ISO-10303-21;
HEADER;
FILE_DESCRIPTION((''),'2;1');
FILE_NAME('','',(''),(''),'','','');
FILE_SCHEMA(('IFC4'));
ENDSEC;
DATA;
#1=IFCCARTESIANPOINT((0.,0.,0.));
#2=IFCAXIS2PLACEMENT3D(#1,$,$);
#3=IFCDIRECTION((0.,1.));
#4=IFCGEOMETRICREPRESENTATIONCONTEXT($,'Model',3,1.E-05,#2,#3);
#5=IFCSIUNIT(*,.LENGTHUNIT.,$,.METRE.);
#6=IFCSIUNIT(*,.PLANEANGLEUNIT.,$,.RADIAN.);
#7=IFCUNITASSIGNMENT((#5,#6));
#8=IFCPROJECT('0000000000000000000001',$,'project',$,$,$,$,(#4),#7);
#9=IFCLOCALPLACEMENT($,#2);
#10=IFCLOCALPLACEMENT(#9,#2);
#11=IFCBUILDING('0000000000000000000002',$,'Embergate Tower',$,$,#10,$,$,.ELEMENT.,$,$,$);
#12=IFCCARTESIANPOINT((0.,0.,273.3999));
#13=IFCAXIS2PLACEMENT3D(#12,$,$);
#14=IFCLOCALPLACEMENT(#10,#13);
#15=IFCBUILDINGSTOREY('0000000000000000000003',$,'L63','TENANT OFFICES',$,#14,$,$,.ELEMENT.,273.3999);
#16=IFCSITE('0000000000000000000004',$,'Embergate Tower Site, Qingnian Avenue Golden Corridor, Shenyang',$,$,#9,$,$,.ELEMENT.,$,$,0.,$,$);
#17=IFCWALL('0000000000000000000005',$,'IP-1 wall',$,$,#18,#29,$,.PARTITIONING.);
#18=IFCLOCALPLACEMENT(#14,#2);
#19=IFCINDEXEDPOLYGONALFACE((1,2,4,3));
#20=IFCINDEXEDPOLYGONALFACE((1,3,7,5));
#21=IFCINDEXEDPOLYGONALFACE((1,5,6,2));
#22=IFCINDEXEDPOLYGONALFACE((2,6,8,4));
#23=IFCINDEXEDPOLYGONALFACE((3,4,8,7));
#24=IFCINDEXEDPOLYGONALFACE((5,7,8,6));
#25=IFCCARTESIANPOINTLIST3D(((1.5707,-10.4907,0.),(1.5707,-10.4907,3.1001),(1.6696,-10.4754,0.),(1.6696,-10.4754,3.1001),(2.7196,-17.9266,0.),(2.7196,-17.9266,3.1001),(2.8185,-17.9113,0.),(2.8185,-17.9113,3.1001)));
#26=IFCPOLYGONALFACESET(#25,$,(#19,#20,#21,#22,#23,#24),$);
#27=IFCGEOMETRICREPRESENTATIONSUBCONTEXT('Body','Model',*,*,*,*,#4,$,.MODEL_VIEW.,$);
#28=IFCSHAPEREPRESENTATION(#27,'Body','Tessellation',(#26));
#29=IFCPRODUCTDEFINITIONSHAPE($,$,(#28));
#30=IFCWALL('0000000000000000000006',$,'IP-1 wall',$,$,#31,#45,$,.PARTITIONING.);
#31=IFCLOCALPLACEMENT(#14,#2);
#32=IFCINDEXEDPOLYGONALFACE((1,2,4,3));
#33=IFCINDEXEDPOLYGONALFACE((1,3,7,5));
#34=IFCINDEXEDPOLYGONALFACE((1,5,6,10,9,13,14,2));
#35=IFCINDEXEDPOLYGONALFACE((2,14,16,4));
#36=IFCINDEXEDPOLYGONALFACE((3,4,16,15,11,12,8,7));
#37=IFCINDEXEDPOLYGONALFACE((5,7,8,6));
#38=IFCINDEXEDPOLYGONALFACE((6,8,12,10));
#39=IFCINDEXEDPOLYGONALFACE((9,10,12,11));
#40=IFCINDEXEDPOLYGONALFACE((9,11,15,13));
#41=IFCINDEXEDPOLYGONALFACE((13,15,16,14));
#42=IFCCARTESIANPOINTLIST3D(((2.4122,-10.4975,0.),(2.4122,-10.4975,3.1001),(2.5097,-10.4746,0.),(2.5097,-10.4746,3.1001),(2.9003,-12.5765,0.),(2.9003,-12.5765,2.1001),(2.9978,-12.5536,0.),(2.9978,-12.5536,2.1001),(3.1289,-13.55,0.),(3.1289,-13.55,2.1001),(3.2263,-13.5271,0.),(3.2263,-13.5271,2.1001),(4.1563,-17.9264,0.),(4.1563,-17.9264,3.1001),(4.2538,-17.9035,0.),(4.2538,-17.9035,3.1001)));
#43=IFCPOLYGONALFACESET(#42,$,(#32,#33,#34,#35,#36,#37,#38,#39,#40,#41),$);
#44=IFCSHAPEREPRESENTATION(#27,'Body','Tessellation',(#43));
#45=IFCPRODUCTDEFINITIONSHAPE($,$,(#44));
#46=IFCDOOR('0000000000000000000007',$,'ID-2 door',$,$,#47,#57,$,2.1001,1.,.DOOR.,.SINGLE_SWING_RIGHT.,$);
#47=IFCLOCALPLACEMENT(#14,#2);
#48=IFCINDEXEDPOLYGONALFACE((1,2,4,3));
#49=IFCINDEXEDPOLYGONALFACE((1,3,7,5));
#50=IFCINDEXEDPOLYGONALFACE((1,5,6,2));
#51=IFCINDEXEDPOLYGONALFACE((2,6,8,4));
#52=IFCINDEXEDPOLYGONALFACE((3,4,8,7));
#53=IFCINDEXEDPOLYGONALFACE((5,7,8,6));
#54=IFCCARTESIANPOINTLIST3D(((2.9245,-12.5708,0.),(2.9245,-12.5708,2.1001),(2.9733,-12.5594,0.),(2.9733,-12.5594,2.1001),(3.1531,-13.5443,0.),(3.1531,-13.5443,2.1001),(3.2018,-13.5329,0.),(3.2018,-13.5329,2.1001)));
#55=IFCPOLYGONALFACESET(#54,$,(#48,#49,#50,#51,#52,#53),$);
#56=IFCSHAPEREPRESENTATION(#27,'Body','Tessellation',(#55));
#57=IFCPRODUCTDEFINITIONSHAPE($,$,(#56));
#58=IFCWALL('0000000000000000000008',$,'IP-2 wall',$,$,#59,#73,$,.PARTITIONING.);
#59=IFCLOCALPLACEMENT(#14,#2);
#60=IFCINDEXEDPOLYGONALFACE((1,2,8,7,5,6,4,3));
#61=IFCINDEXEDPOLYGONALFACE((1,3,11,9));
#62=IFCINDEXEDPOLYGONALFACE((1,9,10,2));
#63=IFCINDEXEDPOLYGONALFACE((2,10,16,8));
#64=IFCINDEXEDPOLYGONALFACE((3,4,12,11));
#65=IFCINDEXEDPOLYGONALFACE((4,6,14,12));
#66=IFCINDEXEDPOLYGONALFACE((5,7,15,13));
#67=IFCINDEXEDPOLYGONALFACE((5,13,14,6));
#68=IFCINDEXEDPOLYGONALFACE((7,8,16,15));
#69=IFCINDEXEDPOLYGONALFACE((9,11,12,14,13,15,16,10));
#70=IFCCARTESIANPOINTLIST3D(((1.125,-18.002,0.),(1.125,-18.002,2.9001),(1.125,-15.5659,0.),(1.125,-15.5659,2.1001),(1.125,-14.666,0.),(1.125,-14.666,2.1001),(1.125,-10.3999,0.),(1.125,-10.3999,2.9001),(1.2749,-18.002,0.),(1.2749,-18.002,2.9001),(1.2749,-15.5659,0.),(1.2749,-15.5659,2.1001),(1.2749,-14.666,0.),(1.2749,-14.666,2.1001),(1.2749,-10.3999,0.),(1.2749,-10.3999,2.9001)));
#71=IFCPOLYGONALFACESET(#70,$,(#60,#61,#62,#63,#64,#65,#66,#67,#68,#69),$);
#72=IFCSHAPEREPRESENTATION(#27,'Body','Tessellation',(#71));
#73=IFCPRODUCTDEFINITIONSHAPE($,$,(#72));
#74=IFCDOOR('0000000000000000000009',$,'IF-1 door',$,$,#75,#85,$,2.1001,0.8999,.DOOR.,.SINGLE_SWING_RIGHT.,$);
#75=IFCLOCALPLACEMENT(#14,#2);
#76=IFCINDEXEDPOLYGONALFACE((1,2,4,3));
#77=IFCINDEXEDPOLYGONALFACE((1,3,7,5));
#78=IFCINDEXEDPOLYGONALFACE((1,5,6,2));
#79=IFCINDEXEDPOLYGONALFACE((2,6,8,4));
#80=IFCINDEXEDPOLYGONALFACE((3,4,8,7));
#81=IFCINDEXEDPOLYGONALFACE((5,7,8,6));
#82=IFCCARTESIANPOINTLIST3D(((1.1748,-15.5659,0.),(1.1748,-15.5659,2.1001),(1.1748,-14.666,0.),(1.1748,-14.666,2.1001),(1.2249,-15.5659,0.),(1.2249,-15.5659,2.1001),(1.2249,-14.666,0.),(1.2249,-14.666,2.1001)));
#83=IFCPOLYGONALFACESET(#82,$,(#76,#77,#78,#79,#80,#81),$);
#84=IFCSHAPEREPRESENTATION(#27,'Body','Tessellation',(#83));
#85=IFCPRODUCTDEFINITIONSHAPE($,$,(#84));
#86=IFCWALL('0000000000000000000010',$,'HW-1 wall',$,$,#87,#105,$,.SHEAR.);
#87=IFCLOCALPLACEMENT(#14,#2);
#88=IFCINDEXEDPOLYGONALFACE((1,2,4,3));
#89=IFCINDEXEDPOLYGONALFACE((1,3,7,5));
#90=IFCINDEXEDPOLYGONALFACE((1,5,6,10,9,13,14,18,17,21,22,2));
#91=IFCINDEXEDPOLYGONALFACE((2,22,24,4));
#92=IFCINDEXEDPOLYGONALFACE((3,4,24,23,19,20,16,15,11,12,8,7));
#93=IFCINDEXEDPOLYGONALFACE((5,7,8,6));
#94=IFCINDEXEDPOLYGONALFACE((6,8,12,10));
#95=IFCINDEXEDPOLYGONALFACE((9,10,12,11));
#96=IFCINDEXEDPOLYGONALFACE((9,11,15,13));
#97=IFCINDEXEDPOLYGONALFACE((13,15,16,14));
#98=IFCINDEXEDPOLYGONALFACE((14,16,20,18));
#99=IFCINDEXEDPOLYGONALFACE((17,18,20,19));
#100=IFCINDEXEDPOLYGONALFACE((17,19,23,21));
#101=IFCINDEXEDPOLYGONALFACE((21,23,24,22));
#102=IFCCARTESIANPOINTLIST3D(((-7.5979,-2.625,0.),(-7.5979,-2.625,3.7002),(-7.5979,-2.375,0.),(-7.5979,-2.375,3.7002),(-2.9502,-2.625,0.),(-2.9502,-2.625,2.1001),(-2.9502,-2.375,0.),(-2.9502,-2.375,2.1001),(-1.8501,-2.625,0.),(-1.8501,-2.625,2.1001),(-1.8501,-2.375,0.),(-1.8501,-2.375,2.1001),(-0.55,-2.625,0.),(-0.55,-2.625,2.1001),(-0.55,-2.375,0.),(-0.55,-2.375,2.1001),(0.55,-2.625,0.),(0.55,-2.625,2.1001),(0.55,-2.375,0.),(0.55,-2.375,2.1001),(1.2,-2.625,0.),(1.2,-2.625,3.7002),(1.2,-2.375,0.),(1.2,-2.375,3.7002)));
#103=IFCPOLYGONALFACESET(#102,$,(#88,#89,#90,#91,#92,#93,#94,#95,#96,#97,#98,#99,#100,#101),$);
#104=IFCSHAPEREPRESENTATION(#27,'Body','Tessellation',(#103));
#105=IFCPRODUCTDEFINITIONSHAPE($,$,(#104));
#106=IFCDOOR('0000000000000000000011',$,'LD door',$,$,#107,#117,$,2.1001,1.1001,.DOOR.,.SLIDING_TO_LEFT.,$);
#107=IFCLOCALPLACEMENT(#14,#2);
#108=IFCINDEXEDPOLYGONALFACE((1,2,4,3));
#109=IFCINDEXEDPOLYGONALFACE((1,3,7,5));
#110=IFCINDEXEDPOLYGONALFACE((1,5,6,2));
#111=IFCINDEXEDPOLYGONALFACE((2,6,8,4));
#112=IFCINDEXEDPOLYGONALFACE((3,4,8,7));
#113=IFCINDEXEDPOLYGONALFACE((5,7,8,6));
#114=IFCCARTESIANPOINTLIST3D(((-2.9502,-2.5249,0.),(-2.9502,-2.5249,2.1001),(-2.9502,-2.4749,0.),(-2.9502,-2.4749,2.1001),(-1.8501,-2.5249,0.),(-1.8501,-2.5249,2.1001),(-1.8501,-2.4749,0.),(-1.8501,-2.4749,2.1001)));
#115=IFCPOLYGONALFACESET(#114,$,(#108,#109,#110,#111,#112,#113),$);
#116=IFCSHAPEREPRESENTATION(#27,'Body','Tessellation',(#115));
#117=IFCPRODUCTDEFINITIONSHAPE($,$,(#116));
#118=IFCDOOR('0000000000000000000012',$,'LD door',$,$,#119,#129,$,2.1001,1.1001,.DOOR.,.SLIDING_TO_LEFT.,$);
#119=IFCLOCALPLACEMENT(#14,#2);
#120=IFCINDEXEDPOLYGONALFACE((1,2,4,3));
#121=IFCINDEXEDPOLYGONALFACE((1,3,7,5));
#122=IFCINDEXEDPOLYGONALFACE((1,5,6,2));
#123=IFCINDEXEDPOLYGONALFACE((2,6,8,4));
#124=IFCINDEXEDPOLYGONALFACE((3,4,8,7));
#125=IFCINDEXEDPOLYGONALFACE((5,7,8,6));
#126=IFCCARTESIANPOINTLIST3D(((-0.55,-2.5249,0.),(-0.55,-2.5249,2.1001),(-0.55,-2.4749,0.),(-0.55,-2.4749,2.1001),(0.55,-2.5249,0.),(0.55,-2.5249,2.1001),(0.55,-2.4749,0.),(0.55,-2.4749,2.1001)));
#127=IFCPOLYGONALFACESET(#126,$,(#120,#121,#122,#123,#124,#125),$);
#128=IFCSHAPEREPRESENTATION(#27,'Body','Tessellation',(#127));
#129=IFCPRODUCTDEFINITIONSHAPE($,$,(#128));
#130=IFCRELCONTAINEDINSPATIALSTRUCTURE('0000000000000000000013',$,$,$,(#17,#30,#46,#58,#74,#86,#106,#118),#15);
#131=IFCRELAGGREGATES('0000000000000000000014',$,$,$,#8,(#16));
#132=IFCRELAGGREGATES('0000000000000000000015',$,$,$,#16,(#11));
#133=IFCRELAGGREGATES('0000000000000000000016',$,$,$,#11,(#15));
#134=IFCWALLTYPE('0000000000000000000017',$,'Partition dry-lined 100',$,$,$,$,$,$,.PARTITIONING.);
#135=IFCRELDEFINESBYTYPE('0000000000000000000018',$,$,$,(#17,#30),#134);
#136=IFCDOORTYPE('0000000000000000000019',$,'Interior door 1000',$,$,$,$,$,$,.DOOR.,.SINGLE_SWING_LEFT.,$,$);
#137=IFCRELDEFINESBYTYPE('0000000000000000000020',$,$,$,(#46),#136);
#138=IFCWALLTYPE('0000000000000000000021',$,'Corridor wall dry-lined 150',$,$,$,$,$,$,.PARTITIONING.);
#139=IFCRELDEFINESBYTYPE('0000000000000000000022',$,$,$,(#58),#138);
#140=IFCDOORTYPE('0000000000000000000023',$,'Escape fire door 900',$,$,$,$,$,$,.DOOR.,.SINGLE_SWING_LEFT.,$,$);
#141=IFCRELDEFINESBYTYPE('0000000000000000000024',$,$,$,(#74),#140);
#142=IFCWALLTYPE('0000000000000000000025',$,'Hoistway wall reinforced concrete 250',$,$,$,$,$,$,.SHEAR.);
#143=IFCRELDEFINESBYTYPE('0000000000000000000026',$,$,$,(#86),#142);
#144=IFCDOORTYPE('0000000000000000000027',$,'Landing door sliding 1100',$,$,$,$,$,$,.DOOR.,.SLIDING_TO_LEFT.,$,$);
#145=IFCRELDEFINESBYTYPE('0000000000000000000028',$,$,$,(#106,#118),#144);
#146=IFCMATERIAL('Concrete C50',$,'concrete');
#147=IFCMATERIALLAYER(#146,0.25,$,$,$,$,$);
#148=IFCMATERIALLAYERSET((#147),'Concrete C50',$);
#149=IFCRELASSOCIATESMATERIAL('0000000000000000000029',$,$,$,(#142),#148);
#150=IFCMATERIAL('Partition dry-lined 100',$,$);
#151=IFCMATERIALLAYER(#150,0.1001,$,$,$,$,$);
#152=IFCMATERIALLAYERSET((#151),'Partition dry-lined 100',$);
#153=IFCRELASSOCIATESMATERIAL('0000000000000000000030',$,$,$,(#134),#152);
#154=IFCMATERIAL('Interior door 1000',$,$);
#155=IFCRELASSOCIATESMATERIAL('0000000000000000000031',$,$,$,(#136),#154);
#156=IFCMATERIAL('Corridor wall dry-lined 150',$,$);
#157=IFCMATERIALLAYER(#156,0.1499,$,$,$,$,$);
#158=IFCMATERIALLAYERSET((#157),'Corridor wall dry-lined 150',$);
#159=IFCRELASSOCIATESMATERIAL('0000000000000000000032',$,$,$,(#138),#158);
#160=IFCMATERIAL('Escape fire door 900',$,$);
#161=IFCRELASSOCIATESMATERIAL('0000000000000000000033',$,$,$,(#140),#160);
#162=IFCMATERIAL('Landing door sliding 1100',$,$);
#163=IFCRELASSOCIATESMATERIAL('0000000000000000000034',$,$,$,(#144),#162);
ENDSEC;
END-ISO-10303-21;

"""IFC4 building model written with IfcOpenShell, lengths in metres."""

from ifc_helpers import new_model, si_unit, direction, frame, frame_2d, origin, place, context, subcontext, project, spatial, rectangle, extrude, source, transform, mapped, material, layer, layer_set, type_object, element, fill, save


model = new_model("IFC4")

# Units and contexts
model_context = context("Model", 3, precision=1e-05, world=origin(), true_north=direction((0.0, 1.0)))
body_context = subcontext(model_context, "Body", "Model", "MODEL_VIEW")
ifc_project = project(units=[si_unit("LENGTHUNIT", "METRE"), si_unit("PLANEANGLEUNIT", "RADIAN")], contexts=[model_context])

# Site, building, storey
site_placement = place(None, origin())
site = spatial("IfcSite", under=ifc_project, at=site_placement, Name="Embergate Tower Site, Qingnian Avenue Golden Corridor, Shenyang", CompositionType="ELEMENT", RefElevation=0.0)
building_placement = place(site_placement, origin())
building = spatial("IfcBuilding", under=site, at=building_placement, Name="Embergate Tower", CompositionType="ELEMENT")
storey_placement = place(building_placement, frame((0.0, 0.0, 273.3999)))
storey = spatial("IfcBuildingStorey", under=building, at=storey_placement, Name="L63", Description="TENANT OFFICES", CompositionType="ELEMENT", Elevation=273.3999)

# Shared definitions
ifc_material_1 = material(Name="Concrete C50", Category="concrete")
ifc_layer_1 = layer(ifc_material_1, 0.25)
ifc_layer_set_1 = layer_set([ifc_layer_1], Name="Concrete C50")
wall_type_1 = type_object("IfcWallType", Name="Hoistway wall reinforced concrete 250", PredefinedType="SHEAR", material=ifc_layer_set_1)

# Shared definitions
shared_shape_1 = source(origin(), body_context, "Body", "SweptSolid", [
    extrude(rectangle(XDim=0.8999, YDim=2.1001, at=frame_2d((0.45, 1.05))), frame((0.0, 0.0249, 0.0), z_axis=(0.0, -1.0, 0.0), x_axis=(1.0, 0.0, 0.0)), (0.0, 0.0, 1.0), 0.05),
])

# Wall
ifc_material_2 = material(Name="Partition dry-lined 100")
ifc_layer_2 = layer(ifc_material_2, 0.1001)
ifc_layer_set_2 = layer_set([ifc_layer_2], Name="Partition dry-lined 100")
wall_type_2 = type_object("IfcWallType", Name="Partition dry-lined 100", PredefinedType="PARTITIONING", material=ifc_layer_set_2)
shared_shape_2 = source(origin(), body_context, "Body", "SweptSolid", [
    extrude(rectangle(XDim=7.5242, YDim=0.1001, at=frame_2d((3.7622, 0.0))), origin(), (0.0, 0.0, 1.0), 3.1001),
])
wall_1_placement = place(storey_placement, frame((1.6201, -10.4829, 0.0), z_axis=(0.0, 0.0, 1.0), x_axis=(0.152696, -0.988273, 0.0)))
element("IfcWall", 1, at=wall_1_placement, inside=storey, type_object=wall_type_2, Name="IP-1 wall", PredefinedType="PARTITIONING", context=body_context, shape_type="MappedRepresentation", body=[
    mapped(shared_shape_2, transform((0.0, 0.0, 0.0))),
])

# Walls, openings, doors
shared_shape_3 = source(origin(), body_context, "Body", "SweptSolid", [
    extrude(rectangle(XDim=7.6309, YDim=0.1001, at=frame_2d((3.8154, 0.0))), origin(), (0.0, 0.0, 1.0), 3.1001),
])
wall_2_placement = place(storey_placement, frame((2.4609, -10.4861, 0.0), z_axis=(0.0, 0.0, 1.0), x_axis=(0.228561, -0.97353, 0.0)))
wall_2 = element("IfcWall", 2, at=wall_2_placement, inside=storey, type_object=wall_type_2, Name="IP-1 wall", PredefinedType="PARTITIONING", context=body_context, shape_type="MappedRepresentation", body=[
    mapped(shared_shape_3, transform((0.0, 0.0, 0.0))),
])
shared_shape_4 = source(origin(), body_context, "Body", "SweptSolid", [
    extrude(rectangle(XDim=1.0, YDim=2.1001, at=frame_2d((0.5, 1.05))), frame((0.0, 0.0601, 0.0), z_axis=(0.0, -1.0, 0.0), x_axis=(1.0, 0.0, 0.0)), (0.0, 0.0, 1.0), 0.1201),
])
opening_1_placement = place(wall_2_placement, frame((2.1355, 0.0, 0.0)))
opening_1 = element("IfcOpeningElement", 3, at=opening_1_placement, cuts=wall_2, PredefinedType="OPENING", context=body_context, shape_type="MappedRepresentation", body=[
    mapped(shared_shape_4, transform((0.0, 0.0, 0.0))),
])
ifc_material_3 = material(Name="Interior door 1000")
door_type_1 = type_object("IfcDoorType", Name="Interior door 1000", OperationType="SINGLE_SWING_LEFT", PredefinedType="DOOR", material=ifc_material_3)
shared_shape_5 = source(origin(), body_context, "Body", "SweptSolid", [
    extrude(rectangle(XDim=1.0, YDim=2.1001, at=frame_2d((0.5, 1.05))), frame((0.0, 0.0249, 0.0), z_axis=(0.0, -1.0, 0.0), x_axis=(1.0, 0.0, 0.0)), (0.0, 0.0, 1.0), 0.05),
])
door_1_placement = place(opening_1_placement, origin())
door_1 = element("IfcDoor", 4, at=door_1_placement, inside=storey, type_object=door_type_1, Name="ID-2 door", OperationType="SINGLE_SWING_RIGHT", OverallHeight=2.1001, OverallWidth=1.0, PredefinedType="DOOR", context=body_context, shape_type="MappedRepresentation", body=[
    mapped(shared_shape_5, transform((0.0, 0.0, 0.0))),
])
fill(opening_1, door_1)
ifc_material_4 = material(Name="Corridor wall dry-lined 150")
ifc_layer_3 = layer(ifc_material_4, 0.1499)
ifc_layer_set_3 = layer_set([ifc_layer_3], Name="Corridor wall dry-lined 150")
wall_type_3 = type_object("IfcWallType", Name="Corridor wall dry-lined 150", PredefinedType="PARTITIONING", material=ifc_layer_set_3)
shared_shape_6 = source(origin(), body_context, "Body", "SweptSolid", [
    extrude(rectangle(XDim=7.6021, YDim=0.1499, at=frame_2d((3.801, 0.0))), origin(), (0.0, 0.0, 1.0), 2.9001),
])
wall_3_placement = place(storey_placement, frame((1.2, -10.3999, 0.0), z_axis=(0.0, 0.0, 1.0), x_axis=(0.0, -1.0, 0.0)))
wall_3 = element("IfcWall", 5, at=wall_3_placement, inside=storey, type_object=wall_type_3, Name="IP-2 wall", PredefinedType="PARTITIONING", context=body_context, shape_type="MappedRepresentation", body=[
    mapped(shared_shape_6, transform((0.0, 0.0, 0.0))),
])
shared_shape_7 = source(origin(), body_context, "Body", "SweptSolid", [
    extrude(rectangle(XDim=0.8999, YDim=2.1001, at=frame_2d((0.45, 1.05))), frame((0.0, 0.085, 0.0), z_axis=(0.0, -1.0, 0.0), x_axis=(1.0, 0.0, 0.0)), (0.0, 0.0, 1.0), 0.1699),
])
opening_2_placement = place(wall_3_placement, frame((4.2661, 0.0, 0.0)))
opening_2 = element("IfcOpeningElement", 6, at=opening_2_placement, cuts=wall_3, PredefinedType="OPENING", context=body_context, shape_type="MappedRepresentation", body=[
    mapped(shared_shape_7, transform((0.0, 0.0, 0.0))),
])
ifc_material_5 = material(Name="Escape fire door 900")
door_type_2 = type_object("IfcDoorType", Name="Escape fire door 900", OperationType="SINGLE_SWING_LEFT", PredefinedType="DOOR", material=ifc_material_5)
door_2_placement = place(opening_2_placement, origin())
door_2 = element("IfcDoor", 7, at=door_2_placement, inside=storey, type_object=door_type_2, Name="IF-1 door", OperationType="SINGLE_SWING_RIGHT", OverallHeight=2.1001, OverallWidth=0.8999, PredefinedType="DOOR", context=body_context, shape_type="MappedRepresentation", body=[
    mapped(shared_shape_1, transform((0.0, 0.0, 0.0))),
])
fill(opening_2, door_2)

# Wall, openings, doors
shared_shape_8 = source(origin(), body_context, "Body", "SweptSolid", [
    extrude(rectangle(XDim=8.7979, YDim=0.25, at=frame_2d((4.3989, 0.0))), origin(), (0.0, 0.0, 1.0), 3.7002),
])
wall_4_placement = place(storey_placement, frame((1.2, -2.5, 0.0), z_axis=(0.0, 0.0, 1.0), x_axis=(-1.0, 0.0, 0.0)))
wall_4 = element("IfcWall", 8, at=wall_4_placement, inside=storey, type_object=wall_type_1, Name="HW-1 wall", PredefinedType="SHEAR", context=body_context, shape_type="MappedRepresentation", body=[
    mapped(shared_shape_8, transform((0.0, 0.0, 0.0))),
])
shared_shape_9 = source(origin(), body_context, "Body", "SweptSolid", [
    extrude(rectangle(XDim=1.1001, YDim=2.1001, at=frame_2d((0.55, 1.05))), frame((0.0, 0.135, 0.0), z_axis=(0.0, -1.0, 0.0), x_axis=(1.0, 0.0, 0.0)), (0.0, 0.0, 1.0), 0.27),
])
opening_3_placement = place(wall_4_placement, frame((3.05, 0.0, 0.0)))
opening_3 = element("IfcOpeningElement", 9, at=opening_3_placement, cuts=wall_4, PredefinedType="OPENING", context=body_context, shape_type="MappedRepresentation", body=[
    mapped(shared_shape_9, transform((0.0, 0.0, 0.0))),
])
opening_4_placement = place(wall_4_placement, frame((0.6499, 0.0, 0.0)))
opening_4 = element("IfcOpeningElement", 10, at=opening_4_placement, cuts=wall_4, PredefinedType="OPENING", context=body_context, shape_type="MappedRepresentation", body=[
    mapped(shared_shape_9, transform((0.0, 0.0, 0.0))),
])
ifc_material_6 = material(Name="Landing door sliding 1100")
door_type_3 = type_object("IfcDoorType", Name="Landing door sliding 1100", OperationType="SLIDING_TO_LEFT", PredefinedType="DOOR", material=ifc_material_6)
shared_shape_10 = source(origin(), body_context, "Body", "SweptSolid", [
    extrude(rectangle(XDim=1.1001, YDim=2.1001, at=frame_2d((0.55, 1.05))), frame((0.0, 0.0249, 0.0), z_axis=(0.0, -1.0, 0.0), x_axis=(1.0, 0.0, 0.0)), (0.0, 0.0, 1.0), 0.05),
])
door_3_placement = place(opening_3_placement, origin())
door_3 = element("IfcDoor", 11, at=door_3_placement, inside=storey, type_object=door_type_3, Name="LD door", OperationType="SLIDING_TO_LEFT", OverallHeight=2.1001, OverallWidth=1.1001, PredefinedType="DOOR", context=body_context, shape_type="MappedRepresentation", body=[
    mapped(shared_shape_10, transform((0.0, 0.0, 0.0))),
])
fill(opening_3, door_3)
door_4_placement = place(opening_4_placement, origin())
door_4 = element("IfcDoor", 12, at=door_4_placement, inside=storey, type_object=door_type_3, Name="LD door", OperationType="SLIDING_TO_LEFT", OverallHeight=2.1001, OverallWidth=1.1001, PredefinedType="DOOR", context=body_context, shape_type="MappedRepresentation", body=[
    mapped(shared_shape_10, transform((0.0, 0.0, 0.0))),
])
fill(opening_4, door_4)

save(model, "model.ifc")
